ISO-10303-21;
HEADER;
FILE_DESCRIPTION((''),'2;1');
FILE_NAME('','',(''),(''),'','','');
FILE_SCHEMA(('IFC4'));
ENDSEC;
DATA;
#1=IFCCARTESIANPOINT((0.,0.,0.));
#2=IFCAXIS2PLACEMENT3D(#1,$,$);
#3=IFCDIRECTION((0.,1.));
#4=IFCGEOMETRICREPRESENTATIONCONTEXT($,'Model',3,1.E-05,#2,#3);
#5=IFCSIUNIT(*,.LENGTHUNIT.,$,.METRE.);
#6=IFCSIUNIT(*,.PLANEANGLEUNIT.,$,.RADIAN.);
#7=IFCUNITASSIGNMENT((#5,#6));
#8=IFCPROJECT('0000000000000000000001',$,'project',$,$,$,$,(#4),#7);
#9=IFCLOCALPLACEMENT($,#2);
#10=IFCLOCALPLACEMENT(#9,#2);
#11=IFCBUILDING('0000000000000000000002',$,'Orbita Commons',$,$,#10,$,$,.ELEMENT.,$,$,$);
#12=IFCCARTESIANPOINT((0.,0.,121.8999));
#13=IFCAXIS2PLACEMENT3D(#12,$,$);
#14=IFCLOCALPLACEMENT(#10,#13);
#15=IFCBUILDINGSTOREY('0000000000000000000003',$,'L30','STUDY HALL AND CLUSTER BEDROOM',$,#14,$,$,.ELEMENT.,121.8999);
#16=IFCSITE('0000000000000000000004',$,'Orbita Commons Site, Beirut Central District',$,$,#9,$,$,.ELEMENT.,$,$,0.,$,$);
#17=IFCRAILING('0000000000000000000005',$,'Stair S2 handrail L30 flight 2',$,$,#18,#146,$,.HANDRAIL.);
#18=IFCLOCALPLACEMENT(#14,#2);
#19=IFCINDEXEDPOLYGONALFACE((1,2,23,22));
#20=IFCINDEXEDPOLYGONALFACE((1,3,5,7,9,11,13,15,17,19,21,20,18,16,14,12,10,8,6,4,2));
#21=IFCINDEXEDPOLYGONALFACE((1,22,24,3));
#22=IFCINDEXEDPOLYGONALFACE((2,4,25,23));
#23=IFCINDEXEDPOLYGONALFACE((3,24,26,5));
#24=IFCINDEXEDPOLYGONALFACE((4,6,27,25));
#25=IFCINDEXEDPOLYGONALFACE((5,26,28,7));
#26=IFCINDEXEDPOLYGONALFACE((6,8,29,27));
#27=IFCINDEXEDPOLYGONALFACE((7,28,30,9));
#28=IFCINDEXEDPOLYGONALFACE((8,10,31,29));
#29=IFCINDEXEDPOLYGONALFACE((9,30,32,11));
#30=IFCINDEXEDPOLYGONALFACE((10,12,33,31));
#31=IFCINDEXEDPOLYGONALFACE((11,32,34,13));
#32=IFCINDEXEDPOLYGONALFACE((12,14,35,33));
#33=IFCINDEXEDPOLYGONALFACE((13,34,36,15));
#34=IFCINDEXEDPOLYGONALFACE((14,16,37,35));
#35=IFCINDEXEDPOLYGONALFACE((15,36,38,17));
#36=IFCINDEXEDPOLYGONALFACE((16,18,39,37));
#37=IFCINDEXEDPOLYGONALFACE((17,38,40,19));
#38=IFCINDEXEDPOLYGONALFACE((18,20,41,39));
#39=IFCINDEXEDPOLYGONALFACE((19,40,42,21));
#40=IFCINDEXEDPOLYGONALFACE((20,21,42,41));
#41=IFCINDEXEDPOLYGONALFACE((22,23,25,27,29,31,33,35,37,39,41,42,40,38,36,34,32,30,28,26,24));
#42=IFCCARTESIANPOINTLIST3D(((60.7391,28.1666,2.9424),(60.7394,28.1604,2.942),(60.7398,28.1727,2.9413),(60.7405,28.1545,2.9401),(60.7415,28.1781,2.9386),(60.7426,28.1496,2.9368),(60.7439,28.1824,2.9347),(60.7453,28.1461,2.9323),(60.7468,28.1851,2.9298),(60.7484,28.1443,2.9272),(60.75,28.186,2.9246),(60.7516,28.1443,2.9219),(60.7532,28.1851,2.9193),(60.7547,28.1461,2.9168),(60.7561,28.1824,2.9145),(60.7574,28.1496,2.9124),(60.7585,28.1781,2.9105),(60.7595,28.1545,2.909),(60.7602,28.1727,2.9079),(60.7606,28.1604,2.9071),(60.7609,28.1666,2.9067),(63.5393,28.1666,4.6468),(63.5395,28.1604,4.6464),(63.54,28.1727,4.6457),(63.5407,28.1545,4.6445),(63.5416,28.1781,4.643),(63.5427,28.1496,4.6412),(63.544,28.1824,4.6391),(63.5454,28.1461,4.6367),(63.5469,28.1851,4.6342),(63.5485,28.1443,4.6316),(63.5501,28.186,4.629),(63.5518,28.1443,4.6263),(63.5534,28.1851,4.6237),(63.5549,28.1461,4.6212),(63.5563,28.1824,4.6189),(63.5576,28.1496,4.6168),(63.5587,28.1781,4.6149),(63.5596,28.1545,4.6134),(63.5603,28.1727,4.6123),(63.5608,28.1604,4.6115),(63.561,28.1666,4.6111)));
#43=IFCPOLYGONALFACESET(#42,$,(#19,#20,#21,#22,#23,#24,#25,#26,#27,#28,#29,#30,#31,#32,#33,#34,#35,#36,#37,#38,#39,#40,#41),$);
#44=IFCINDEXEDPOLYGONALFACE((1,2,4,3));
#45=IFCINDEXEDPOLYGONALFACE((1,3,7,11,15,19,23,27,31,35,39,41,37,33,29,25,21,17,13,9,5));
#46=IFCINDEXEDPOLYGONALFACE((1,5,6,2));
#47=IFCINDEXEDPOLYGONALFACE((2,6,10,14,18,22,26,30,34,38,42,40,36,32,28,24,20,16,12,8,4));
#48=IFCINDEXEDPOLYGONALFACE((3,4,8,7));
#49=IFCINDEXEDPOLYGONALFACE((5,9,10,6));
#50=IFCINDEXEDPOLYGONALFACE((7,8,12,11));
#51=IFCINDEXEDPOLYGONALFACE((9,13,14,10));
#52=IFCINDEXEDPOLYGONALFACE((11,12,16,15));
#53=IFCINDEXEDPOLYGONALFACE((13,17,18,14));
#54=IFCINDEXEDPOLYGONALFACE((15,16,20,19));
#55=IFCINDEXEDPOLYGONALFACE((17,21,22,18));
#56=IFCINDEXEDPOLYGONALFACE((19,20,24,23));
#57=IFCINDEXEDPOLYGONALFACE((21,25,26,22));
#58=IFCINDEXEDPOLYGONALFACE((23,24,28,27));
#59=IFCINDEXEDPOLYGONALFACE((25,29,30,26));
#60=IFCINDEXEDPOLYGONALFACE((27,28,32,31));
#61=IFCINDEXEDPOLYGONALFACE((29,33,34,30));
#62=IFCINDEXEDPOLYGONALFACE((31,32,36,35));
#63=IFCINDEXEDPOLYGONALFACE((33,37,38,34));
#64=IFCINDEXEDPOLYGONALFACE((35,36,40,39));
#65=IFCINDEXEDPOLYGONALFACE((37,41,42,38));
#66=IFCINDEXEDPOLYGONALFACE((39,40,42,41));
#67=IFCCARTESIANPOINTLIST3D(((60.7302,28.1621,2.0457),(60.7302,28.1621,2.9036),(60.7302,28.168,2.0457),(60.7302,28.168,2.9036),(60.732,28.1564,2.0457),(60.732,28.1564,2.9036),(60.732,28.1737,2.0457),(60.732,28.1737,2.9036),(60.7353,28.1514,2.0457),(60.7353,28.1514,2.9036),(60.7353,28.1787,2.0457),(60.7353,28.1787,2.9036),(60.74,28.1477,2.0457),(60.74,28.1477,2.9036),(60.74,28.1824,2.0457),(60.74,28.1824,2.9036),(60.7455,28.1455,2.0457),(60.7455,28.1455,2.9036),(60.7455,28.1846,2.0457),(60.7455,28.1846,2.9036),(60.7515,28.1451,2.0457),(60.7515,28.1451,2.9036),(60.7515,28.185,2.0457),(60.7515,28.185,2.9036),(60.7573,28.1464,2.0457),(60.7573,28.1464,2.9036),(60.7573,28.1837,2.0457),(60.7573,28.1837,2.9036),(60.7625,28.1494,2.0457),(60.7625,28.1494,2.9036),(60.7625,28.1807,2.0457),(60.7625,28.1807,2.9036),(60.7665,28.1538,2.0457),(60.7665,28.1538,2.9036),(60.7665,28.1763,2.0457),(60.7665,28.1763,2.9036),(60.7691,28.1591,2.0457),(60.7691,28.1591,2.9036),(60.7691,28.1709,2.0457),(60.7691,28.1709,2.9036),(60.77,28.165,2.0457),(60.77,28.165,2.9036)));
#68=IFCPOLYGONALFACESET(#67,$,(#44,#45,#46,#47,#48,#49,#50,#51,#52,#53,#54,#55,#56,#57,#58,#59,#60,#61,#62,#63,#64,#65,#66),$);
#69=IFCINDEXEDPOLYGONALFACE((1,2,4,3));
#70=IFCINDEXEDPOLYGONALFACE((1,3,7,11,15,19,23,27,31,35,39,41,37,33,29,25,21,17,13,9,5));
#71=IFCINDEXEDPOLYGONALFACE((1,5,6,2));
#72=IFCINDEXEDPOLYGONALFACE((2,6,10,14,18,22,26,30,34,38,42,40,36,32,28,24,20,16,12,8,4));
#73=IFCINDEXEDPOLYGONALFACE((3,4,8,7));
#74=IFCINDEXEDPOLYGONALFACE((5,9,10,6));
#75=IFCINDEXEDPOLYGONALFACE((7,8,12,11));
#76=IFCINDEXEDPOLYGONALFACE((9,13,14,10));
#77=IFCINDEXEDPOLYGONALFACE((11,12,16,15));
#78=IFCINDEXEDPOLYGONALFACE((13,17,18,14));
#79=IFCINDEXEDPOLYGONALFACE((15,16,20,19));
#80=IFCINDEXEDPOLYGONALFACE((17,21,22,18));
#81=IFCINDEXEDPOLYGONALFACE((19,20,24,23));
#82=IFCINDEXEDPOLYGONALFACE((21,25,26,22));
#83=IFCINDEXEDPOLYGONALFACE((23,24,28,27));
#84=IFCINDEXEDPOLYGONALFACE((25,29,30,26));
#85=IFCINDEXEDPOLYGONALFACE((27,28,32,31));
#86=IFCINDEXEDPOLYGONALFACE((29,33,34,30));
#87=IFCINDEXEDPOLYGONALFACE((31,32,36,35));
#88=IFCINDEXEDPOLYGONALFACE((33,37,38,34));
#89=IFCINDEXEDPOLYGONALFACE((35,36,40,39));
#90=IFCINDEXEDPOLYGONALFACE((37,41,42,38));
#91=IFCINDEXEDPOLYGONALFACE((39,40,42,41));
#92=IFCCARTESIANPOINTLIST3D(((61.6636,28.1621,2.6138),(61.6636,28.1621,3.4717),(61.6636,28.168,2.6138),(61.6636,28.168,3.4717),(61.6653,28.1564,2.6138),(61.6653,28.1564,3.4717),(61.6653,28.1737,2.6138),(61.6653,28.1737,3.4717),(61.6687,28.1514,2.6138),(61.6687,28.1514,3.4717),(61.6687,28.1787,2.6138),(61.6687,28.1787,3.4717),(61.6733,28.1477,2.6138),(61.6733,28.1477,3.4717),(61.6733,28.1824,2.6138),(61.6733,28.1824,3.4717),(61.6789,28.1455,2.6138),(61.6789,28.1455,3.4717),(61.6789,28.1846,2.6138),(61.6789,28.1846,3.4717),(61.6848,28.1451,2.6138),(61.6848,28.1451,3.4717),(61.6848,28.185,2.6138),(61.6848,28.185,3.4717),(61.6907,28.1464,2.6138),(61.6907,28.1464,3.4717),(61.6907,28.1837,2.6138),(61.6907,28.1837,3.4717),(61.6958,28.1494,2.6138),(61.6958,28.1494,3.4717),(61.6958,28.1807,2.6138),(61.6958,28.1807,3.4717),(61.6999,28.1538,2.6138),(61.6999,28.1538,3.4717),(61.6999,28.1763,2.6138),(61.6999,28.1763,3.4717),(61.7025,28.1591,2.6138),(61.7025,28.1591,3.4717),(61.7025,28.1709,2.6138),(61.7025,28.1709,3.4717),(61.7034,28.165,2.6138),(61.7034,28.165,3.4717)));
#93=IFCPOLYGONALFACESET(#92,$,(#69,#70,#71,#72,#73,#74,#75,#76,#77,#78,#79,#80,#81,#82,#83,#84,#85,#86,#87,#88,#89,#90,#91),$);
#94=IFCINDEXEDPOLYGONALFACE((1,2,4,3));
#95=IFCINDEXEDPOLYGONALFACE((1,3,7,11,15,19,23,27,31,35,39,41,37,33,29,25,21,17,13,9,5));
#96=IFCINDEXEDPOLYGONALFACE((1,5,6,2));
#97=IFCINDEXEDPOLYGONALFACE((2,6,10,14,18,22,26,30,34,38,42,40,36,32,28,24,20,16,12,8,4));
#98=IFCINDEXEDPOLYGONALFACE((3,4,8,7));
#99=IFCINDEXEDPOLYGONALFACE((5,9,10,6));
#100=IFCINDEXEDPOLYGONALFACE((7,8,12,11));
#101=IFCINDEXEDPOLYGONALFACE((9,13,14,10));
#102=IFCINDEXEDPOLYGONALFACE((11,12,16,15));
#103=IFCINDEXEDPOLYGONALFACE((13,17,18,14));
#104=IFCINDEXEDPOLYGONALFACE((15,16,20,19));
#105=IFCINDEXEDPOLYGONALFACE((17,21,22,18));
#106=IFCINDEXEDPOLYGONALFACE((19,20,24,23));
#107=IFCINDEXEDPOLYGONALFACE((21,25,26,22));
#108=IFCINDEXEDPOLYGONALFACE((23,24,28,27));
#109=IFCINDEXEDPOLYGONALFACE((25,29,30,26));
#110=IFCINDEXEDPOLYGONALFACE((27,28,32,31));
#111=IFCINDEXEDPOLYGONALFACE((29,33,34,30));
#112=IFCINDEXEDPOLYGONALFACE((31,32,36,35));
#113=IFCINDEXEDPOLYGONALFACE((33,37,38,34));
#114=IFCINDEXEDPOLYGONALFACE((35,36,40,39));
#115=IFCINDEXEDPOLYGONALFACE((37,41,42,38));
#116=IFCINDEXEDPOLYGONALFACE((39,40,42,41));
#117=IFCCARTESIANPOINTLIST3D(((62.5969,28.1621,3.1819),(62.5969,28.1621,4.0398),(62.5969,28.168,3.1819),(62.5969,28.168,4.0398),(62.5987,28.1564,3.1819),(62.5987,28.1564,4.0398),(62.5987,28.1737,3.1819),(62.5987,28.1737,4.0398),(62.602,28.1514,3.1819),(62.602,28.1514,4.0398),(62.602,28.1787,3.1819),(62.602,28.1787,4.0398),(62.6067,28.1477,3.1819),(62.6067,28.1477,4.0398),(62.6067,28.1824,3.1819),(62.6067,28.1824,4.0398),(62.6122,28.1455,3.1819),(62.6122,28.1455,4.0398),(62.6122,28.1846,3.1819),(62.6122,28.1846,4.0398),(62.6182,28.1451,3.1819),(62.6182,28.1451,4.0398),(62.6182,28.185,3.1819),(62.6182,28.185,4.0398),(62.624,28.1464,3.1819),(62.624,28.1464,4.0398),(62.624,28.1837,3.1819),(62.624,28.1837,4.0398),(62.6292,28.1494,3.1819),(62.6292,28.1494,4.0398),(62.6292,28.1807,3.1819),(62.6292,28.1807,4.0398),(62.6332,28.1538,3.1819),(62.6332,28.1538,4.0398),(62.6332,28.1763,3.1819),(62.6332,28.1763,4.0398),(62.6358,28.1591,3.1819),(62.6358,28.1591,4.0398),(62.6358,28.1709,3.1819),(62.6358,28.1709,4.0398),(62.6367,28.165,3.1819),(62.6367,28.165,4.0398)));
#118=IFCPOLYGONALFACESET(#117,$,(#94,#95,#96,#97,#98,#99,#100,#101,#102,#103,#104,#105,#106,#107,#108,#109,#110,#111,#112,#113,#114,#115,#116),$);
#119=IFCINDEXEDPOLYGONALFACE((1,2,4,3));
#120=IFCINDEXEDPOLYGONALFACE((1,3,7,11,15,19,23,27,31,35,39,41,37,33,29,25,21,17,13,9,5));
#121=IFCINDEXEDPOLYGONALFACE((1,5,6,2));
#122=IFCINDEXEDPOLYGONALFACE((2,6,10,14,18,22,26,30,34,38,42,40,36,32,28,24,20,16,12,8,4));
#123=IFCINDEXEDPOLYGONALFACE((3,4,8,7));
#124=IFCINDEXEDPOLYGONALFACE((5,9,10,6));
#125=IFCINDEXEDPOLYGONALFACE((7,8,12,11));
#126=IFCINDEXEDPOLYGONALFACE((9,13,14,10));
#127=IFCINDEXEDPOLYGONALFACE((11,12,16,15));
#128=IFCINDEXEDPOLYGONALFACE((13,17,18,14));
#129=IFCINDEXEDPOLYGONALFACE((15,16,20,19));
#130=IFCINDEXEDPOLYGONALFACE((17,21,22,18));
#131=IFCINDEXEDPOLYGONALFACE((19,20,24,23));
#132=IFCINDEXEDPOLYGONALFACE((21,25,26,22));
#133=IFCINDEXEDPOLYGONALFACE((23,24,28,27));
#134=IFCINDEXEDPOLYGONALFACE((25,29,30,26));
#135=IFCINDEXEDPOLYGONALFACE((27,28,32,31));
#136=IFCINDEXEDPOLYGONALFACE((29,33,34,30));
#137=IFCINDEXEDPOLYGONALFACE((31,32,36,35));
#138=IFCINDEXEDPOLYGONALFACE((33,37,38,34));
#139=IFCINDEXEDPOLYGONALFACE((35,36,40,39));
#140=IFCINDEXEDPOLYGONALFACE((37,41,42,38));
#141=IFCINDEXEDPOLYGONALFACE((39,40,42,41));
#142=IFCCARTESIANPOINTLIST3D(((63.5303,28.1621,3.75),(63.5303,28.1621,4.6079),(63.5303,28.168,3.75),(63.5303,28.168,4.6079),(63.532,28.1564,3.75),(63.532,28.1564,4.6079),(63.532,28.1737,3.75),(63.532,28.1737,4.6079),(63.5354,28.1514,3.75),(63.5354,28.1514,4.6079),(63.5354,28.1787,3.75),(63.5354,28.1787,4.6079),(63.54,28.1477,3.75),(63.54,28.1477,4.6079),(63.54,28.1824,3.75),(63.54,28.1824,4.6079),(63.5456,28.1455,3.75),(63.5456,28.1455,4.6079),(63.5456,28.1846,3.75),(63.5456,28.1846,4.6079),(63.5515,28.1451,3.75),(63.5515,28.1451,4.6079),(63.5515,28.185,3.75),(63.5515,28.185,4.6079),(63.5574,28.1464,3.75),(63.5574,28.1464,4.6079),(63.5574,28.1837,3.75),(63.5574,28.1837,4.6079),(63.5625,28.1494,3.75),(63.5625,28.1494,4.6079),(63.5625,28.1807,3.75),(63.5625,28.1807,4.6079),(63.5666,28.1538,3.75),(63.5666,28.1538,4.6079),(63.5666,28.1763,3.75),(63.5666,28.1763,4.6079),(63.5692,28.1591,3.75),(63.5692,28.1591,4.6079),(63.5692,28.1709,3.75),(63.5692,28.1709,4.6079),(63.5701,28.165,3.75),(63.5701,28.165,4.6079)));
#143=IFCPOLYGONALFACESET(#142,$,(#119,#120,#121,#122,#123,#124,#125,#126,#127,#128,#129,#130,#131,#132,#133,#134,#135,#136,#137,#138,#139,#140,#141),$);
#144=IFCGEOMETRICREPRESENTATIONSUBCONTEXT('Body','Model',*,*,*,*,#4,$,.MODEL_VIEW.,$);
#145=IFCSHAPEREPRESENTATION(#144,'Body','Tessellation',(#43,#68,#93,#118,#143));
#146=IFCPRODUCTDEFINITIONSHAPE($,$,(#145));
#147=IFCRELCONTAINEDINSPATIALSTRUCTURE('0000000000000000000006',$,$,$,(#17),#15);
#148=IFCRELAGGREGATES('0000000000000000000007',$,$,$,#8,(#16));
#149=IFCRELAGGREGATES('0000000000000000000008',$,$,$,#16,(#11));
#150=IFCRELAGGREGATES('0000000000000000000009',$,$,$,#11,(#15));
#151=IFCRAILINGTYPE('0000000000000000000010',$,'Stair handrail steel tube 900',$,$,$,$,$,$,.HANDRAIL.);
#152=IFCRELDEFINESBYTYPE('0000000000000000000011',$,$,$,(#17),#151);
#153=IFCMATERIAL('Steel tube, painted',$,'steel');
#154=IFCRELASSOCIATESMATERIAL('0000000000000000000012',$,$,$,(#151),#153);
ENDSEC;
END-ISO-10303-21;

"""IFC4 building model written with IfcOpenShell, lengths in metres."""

from ifc_helpers import new_model, si_unit, direction, frame, origin, origin_2d, place, context, subcontext, project, spatial, circle, extrude, material, type_object, element, save


model = new_model("IFC4")

# Units and contexts
model_context = context("Model", 3, precision=1e-05, world=origin(), true_north=direction((0.0, 1.0)))
body_context = subcontext(model_context, "Body", "Model", "MODEL_VIEW")
ifc_project = project(units=[si_unit("LENGTHUNIT", "METRE"), si_unit("PLANEANGLEUNIT", "RADIAN")], contexts=[model_context])

# Site, building, storey
site_placement = place(None, origin())
site = spatial("IfcSite", under=ifc_project, at=site_placement, Name="Orbita Commons Site, Beirut Central District", CompositionType="ELEMENT", RefElevation=0.0)
building_placement = place(site_placement, origin())
building = spatial("IfcBuilding", under=site, at=building_placement, Name="Orbita Commons", CompositionType="ELEMENT")
storey_placement = place(building_placement, frame((0.0, 0.0, 121.8999)))
storey = spatial("IfcBuildingStorey", under=building, at=storey_placement, Name="L30", Description="STUDY HALL AND CLUSTER BEDROOM", CompositionType="ELEMENT", Elevation=121.8999)

# Railing
ifc_material_1 = material(Name="Steel tube, painted", Category="steel")
railing_type = type_object("IfcRailingType", Name="Stair handrail steel tube 900", PredefinedType="HANDRAIL", material=ifc_material_1)
for number, where, name in (
    (1, (60.75, 28.165, 2.0457), "Stair S2 handrail L30 flight 2"),
):
    element("IfcRailing", number, at=place(storey_placement, frame(where)), inside=storey, type_object=railing_type, Name=name, PredefinedType="HANDRAIL", context=body_context, shape_type="SweptSolid", body=[
        extrude(circle(Radius=0.021, at=origin_2d()), frame((0.0, 0.0, 0.8789), z_axis=(0.854203, 0.0, 0.51994), x_axis=(0.0, 1.0, 0.0)), (0.0, 0.0, 1.0), 3.2781),
        extrude(circle(Radius=0.02, at=origin_2d()), origin(), (0.0, 0.0, 1.0), 0.8579),
        extrude(circle(Radius=0.02, at=origin_2d()), frame((0.9333, 0.0, 0.5681)), (0.0, 0.0, 1.0), 0.8579),
        extrude(circle(Radius=0.02, at=origin_2d()), frame((1.8667, 0.0, 1.1362)), (0.0, 0.0, 1.0), 0.8579),
        extrude(circle(Radius=0.02, at=origin_2d()), frame((2.8, 0.0, 1.7043)), (0.0, 0.0, 1.0), 0.8579),
    ])

save(model, "model.ifc")
